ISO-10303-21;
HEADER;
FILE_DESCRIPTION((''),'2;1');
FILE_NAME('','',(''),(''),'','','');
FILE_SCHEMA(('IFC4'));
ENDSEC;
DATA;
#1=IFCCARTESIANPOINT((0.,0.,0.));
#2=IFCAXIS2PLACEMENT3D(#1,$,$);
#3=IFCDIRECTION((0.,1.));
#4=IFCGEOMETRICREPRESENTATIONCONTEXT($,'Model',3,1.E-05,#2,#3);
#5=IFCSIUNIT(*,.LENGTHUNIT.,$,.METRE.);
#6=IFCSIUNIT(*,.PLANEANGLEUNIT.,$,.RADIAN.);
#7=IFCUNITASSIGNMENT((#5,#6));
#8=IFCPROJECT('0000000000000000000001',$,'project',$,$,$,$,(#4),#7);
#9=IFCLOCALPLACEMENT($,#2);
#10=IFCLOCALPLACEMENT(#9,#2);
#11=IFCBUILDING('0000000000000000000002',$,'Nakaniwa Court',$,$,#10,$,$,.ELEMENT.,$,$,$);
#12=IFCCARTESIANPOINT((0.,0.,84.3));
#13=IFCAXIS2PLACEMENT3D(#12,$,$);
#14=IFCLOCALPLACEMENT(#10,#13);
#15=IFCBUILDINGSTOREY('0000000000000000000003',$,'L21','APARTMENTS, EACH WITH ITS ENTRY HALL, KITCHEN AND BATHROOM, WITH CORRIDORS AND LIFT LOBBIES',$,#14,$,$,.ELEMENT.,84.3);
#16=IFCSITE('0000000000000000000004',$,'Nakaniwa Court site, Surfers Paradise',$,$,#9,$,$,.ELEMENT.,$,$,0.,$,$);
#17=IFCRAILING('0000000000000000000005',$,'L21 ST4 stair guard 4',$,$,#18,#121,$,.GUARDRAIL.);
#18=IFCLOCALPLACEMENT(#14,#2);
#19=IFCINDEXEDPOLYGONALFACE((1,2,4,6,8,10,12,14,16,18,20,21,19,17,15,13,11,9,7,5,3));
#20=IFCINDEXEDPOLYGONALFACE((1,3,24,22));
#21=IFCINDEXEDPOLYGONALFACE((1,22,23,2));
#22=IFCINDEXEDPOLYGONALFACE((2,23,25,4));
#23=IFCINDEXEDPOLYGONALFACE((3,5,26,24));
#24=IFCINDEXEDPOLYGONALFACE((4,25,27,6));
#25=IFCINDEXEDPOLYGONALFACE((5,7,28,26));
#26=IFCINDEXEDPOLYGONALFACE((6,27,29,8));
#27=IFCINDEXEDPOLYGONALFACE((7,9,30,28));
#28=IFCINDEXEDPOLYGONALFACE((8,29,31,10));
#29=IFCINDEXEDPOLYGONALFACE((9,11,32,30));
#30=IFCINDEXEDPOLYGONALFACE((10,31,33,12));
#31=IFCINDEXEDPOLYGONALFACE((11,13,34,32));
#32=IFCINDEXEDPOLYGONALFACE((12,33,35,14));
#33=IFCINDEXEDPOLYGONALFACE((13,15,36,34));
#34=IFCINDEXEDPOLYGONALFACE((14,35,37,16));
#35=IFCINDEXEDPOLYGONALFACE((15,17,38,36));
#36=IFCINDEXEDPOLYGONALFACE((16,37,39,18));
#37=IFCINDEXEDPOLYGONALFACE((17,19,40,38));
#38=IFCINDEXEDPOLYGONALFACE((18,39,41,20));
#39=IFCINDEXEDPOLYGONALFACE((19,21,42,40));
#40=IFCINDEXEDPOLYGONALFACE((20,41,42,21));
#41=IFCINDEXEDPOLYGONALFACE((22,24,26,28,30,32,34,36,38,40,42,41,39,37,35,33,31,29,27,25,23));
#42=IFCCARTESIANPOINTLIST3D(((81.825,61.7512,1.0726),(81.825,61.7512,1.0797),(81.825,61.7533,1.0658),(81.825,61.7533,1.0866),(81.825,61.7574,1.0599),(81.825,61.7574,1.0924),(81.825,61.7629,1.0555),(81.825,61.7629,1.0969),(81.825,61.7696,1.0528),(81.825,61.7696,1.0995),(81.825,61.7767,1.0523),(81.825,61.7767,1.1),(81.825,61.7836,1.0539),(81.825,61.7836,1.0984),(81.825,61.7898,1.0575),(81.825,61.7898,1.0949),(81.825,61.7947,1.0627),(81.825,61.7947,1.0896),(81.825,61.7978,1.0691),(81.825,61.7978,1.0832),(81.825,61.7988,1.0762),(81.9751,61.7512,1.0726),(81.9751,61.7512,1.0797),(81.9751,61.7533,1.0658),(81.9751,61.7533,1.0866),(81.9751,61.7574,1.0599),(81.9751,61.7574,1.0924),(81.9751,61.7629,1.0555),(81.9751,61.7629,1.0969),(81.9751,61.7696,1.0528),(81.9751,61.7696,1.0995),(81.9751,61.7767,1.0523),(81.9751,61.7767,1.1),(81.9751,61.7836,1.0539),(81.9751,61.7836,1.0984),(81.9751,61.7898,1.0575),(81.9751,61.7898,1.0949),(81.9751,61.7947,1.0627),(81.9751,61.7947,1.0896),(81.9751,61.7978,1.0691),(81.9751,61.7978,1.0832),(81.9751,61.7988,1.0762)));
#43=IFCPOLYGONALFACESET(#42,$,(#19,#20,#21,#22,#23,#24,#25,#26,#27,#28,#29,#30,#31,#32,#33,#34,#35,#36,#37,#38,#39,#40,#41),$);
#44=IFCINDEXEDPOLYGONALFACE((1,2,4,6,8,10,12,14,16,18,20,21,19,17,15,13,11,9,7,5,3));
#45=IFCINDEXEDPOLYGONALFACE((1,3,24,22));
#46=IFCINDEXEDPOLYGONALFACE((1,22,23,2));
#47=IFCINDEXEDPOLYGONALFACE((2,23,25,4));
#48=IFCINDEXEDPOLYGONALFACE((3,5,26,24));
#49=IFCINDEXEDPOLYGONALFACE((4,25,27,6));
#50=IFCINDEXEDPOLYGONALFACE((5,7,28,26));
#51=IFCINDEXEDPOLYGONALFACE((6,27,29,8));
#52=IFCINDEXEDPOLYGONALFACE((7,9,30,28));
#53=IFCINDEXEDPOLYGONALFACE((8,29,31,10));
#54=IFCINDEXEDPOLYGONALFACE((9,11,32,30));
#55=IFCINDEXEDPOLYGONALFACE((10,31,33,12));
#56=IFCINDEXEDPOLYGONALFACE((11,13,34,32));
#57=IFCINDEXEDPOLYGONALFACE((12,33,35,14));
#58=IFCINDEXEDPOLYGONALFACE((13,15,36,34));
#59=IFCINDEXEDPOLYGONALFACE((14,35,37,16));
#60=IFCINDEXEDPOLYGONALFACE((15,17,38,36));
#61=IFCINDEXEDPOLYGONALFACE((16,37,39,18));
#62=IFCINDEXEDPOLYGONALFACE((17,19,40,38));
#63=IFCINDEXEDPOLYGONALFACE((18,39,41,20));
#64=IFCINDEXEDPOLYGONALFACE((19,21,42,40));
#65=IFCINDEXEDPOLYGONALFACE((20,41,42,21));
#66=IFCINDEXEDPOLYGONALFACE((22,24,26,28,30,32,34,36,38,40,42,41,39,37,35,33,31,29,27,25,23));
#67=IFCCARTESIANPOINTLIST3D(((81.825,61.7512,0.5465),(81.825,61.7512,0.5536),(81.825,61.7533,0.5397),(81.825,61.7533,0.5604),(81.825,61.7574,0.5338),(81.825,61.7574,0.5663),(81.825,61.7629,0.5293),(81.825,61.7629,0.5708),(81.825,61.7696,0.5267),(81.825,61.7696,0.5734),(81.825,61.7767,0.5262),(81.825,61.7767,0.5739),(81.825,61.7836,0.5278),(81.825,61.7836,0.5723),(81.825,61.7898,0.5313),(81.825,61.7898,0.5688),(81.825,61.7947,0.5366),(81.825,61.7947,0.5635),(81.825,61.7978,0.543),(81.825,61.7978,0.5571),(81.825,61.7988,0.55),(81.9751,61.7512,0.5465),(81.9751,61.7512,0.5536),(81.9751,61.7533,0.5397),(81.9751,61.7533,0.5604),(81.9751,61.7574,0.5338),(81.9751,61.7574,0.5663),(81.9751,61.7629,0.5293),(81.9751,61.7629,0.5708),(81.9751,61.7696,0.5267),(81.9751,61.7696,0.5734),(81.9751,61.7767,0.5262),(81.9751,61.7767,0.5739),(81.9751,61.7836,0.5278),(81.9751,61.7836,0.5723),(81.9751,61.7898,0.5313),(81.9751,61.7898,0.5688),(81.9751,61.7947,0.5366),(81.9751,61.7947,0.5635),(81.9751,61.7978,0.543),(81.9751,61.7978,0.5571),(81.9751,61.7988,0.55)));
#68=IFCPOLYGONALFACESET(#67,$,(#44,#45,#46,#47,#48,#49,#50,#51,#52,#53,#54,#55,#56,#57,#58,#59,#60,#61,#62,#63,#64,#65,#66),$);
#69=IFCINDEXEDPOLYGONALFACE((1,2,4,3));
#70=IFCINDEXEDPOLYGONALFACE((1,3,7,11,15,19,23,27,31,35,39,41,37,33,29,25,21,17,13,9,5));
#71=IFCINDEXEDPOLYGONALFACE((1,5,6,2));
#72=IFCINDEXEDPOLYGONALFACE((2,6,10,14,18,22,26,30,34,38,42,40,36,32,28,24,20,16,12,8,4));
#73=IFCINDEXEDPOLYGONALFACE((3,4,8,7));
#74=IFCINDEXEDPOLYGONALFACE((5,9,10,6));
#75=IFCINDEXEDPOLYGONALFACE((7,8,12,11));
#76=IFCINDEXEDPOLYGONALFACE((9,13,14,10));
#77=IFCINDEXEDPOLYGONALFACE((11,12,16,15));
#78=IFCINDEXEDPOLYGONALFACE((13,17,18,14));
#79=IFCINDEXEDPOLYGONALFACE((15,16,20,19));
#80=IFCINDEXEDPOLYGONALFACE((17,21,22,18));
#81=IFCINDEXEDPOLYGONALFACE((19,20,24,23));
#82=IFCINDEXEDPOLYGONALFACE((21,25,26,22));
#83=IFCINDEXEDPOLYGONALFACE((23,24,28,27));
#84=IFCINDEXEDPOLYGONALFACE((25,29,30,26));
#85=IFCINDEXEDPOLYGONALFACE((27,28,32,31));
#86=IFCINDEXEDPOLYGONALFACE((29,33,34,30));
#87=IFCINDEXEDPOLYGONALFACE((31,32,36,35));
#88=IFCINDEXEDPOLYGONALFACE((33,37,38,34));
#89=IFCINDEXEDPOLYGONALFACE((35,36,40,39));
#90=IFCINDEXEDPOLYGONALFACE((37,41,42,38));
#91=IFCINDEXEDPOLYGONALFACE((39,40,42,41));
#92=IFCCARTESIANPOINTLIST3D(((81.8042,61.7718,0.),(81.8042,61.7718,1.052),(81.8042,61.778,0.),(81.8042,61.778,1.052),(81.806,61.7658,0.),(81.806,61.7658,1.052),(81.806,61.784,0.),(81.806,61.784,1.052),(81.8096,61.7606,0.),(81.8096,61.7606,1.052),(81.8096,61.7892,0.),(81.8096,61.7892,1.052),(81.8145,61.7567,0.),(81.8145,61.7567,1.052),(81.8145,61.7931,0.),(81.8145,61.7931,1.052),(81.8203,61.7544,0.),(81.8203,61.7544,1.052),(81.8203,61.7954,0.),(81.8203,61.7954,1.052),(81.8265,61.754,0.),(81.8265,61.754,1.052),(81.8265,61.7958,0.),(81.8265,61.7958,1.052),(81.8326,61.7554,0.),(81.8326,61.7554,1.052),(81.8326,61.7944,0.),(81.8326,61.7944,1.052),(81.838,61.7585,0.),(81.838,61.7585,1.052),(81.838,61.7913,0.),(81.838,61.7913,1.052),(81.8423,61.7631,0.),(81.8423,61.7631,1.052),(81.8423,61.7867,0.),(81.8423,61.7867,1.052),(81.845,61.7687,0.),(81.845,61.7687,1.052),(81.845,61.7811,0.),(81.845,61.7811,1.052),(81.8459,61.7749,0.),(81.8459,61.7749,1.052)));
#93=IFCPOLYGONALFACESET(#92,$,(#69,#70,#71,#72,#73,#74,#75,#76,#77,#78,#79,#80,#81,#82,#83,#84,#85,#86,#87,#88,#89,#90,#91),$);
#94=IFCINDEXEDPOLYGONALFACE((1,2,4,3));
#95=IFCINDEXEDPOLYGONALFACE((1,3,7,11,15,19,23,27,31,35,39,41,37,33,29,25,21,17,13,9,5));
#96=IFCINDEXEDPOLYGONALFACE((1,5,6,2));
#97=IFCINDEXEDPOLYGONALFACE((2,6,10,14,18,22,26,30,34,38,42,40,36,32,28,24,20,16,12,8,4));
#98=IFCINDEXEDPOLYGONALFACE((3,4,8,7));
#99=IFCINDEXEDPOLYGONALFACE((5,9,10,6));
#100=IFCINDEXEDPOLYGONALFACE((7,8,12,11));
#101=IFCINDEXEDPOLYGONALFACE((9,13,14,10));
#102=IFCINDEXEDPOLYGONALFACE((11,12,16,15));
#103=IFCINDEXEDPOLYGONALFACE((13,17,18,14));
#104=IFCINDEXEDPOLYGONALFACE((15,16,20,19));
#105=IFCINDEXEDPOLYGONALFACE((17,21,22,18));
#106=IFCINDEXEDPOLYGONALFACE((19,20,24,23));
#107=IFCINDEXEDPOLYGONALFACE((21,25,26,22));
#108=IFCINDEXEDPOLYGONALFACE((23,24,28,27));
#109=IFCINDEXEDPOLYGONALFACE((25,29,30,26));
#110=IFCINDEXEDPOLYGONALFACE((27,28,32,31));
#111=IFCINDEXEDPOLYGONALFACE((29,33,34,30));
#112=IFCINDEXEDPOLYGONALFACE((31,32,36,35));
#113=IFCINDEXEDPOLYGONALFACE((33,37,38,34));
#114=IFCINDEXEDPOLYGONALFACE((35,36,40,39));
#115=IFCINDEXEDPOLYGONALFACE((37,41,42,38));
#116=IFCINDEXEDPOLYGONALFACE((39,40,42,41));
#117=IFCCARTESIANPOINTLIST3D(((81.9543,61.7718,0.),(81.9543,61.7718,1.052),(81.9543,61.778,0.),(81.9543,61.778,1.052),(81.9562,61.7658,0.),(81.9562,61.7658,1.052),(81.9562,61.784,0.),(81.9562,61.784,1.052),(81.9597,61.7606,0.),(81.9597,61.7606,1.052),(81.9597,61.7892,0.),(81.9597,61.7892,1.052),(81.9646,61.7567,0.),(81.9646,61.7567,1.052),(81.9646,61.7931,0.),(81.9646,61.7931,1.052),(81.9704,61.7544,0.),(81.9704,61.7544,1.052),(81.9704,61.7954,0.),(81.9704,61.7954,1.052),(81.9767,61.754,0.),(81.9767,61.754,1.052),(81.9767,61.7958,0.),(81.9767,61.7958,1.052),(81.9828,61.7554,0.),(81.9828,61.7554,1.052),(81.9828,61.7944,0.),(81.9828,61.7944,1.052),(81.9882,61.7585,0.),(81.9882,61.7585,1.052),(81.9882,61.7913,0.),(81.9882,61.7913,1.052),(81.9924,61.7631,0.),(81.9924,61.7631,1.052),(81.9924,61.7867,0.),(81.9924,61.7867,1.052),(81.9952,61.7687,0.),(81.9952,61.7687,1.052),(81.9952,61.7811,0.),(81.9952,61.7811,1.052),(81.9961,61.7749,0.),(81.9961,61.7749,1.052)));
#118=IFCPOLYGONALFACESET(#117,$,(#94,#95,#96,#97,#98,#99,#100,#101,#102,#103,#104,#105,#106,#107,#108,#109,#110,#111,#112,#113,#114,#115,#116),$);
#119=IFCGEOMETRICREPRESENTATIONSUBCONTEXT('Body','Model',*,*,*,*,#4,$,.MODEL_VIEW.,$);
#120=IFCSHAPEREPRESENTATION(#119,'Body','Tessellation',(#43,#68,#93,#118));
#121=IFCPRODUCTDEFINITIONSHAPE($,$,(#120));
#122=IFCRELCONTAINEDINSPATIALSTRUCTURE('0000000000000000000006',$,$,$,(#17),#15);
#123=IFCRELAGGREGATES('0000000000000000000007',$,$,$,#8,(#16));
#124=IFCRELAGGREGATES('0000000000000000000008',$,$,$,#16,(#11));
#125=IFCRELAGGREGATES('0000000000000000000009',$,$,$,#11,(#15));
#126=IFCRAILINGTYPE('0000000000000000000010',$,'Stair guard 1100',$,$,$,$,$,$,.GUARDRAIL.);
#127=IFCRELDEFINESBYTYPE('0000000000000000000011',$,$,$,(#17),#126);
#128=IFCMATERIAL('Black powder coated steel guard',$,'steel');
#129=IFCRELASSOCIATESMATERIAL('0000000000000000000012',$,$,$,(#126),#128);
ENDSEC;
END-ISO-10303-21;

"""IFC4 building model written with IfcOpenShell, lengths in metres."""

from ifc_helpers import new_model, si_unit, direction, frame, origin, origin_2d, place, context, subcontext, project, spatial, circle, extrude, material, type_object, element, save


model = new_model("IFC4")

# Units and contexts
model_context = context("Model", 3, precision=1e-05, world=origin(), true_north=direction((0.0, 1.0)))
body_context = subcontext(model_context, "Body", "Model", "MODEL_VIEW")
ifc_project = project(units=[si_unit("LENGTHUNIT", "METRE"), si_unit("PLANEANGLEUNIT", "RADIAN")], contexts=[model_context])

# Site, building, storey
site_placement = place(None, origin())
site = spatial("IfcSite", under=ifc_project, at=site_placement, Name="Nakaniwa Court site, Surfers Paradise", CompositionType="ELEMENT", RefElevation=0.0)
building_placement = place(site_placement, origin())
building = spatial("IfcBuilding", under=site, at=building_placement, Name="Nakaniwa Court", CompositionType="ELEMENT")
storey_placement = place(building_placement, frame((0.0, 0.0, 84.3)))
storey = spatial("IfcBuildingStorey", under=building, at=storey_placement, Name="L21", Description="APARTMENTS, EACH WITH ITS ENTRY HALL, KITCHEN AND BATHROOM, WITH CORRIDORS AND LIFT LOBBIES", CompositionType="ELEMENT", Elevation=84.3)

# Railing
ifc_material_1 = material(Name="Black powder coated steel guard", Category="steel")
railing_type_1 = type_object("IfcRailingType", Name="Stair guard 1100", PredefinedType="GUARDRAIL", material=ifc_material_1)
railing_1_placement = place(storey_placement, frame((81.825, 61.7749, 0.0)))
element("IfcRailing", 1, at=railing_1_placement, inside=storey, type_object=railing_type_1, Name="L21 ST4 stair guard 4", PredefinedType="GUARDRAIL", context=body_context, shape_type="SweptSolid", body=[
    extrude(circle(Radius=0.0239, at=origin_2d()), frame((0.0, 0.0, 1.0762), z_axis=(1.0, 0.0, 0.0), x_axis=(0.0, 1.0, 0.0)), (0.0, 0.0, 1.0), 0.1501),
    extrude(circle(Radius=0.0239, at=origin_2d()), frame((0.0, 0.0, 0.55), z_axis=(1.0, 0.0, 0.0), x_axis=(0.0, 1.0, 0.0)), (0.0, 0.0, 1.0), 0.1501),
    extrude(circle(Radius=0.021, at=origin_2d()), origin(), (0.0, 0.0, 1.0), 1.052),
    extrude(circle(Radius=0.021, at=origin_2d()), frame((0.1501, 0.0, 0.0)), (0.0, 0.0, 1.0), 1.052),
])

save(model, "model.ifc")
